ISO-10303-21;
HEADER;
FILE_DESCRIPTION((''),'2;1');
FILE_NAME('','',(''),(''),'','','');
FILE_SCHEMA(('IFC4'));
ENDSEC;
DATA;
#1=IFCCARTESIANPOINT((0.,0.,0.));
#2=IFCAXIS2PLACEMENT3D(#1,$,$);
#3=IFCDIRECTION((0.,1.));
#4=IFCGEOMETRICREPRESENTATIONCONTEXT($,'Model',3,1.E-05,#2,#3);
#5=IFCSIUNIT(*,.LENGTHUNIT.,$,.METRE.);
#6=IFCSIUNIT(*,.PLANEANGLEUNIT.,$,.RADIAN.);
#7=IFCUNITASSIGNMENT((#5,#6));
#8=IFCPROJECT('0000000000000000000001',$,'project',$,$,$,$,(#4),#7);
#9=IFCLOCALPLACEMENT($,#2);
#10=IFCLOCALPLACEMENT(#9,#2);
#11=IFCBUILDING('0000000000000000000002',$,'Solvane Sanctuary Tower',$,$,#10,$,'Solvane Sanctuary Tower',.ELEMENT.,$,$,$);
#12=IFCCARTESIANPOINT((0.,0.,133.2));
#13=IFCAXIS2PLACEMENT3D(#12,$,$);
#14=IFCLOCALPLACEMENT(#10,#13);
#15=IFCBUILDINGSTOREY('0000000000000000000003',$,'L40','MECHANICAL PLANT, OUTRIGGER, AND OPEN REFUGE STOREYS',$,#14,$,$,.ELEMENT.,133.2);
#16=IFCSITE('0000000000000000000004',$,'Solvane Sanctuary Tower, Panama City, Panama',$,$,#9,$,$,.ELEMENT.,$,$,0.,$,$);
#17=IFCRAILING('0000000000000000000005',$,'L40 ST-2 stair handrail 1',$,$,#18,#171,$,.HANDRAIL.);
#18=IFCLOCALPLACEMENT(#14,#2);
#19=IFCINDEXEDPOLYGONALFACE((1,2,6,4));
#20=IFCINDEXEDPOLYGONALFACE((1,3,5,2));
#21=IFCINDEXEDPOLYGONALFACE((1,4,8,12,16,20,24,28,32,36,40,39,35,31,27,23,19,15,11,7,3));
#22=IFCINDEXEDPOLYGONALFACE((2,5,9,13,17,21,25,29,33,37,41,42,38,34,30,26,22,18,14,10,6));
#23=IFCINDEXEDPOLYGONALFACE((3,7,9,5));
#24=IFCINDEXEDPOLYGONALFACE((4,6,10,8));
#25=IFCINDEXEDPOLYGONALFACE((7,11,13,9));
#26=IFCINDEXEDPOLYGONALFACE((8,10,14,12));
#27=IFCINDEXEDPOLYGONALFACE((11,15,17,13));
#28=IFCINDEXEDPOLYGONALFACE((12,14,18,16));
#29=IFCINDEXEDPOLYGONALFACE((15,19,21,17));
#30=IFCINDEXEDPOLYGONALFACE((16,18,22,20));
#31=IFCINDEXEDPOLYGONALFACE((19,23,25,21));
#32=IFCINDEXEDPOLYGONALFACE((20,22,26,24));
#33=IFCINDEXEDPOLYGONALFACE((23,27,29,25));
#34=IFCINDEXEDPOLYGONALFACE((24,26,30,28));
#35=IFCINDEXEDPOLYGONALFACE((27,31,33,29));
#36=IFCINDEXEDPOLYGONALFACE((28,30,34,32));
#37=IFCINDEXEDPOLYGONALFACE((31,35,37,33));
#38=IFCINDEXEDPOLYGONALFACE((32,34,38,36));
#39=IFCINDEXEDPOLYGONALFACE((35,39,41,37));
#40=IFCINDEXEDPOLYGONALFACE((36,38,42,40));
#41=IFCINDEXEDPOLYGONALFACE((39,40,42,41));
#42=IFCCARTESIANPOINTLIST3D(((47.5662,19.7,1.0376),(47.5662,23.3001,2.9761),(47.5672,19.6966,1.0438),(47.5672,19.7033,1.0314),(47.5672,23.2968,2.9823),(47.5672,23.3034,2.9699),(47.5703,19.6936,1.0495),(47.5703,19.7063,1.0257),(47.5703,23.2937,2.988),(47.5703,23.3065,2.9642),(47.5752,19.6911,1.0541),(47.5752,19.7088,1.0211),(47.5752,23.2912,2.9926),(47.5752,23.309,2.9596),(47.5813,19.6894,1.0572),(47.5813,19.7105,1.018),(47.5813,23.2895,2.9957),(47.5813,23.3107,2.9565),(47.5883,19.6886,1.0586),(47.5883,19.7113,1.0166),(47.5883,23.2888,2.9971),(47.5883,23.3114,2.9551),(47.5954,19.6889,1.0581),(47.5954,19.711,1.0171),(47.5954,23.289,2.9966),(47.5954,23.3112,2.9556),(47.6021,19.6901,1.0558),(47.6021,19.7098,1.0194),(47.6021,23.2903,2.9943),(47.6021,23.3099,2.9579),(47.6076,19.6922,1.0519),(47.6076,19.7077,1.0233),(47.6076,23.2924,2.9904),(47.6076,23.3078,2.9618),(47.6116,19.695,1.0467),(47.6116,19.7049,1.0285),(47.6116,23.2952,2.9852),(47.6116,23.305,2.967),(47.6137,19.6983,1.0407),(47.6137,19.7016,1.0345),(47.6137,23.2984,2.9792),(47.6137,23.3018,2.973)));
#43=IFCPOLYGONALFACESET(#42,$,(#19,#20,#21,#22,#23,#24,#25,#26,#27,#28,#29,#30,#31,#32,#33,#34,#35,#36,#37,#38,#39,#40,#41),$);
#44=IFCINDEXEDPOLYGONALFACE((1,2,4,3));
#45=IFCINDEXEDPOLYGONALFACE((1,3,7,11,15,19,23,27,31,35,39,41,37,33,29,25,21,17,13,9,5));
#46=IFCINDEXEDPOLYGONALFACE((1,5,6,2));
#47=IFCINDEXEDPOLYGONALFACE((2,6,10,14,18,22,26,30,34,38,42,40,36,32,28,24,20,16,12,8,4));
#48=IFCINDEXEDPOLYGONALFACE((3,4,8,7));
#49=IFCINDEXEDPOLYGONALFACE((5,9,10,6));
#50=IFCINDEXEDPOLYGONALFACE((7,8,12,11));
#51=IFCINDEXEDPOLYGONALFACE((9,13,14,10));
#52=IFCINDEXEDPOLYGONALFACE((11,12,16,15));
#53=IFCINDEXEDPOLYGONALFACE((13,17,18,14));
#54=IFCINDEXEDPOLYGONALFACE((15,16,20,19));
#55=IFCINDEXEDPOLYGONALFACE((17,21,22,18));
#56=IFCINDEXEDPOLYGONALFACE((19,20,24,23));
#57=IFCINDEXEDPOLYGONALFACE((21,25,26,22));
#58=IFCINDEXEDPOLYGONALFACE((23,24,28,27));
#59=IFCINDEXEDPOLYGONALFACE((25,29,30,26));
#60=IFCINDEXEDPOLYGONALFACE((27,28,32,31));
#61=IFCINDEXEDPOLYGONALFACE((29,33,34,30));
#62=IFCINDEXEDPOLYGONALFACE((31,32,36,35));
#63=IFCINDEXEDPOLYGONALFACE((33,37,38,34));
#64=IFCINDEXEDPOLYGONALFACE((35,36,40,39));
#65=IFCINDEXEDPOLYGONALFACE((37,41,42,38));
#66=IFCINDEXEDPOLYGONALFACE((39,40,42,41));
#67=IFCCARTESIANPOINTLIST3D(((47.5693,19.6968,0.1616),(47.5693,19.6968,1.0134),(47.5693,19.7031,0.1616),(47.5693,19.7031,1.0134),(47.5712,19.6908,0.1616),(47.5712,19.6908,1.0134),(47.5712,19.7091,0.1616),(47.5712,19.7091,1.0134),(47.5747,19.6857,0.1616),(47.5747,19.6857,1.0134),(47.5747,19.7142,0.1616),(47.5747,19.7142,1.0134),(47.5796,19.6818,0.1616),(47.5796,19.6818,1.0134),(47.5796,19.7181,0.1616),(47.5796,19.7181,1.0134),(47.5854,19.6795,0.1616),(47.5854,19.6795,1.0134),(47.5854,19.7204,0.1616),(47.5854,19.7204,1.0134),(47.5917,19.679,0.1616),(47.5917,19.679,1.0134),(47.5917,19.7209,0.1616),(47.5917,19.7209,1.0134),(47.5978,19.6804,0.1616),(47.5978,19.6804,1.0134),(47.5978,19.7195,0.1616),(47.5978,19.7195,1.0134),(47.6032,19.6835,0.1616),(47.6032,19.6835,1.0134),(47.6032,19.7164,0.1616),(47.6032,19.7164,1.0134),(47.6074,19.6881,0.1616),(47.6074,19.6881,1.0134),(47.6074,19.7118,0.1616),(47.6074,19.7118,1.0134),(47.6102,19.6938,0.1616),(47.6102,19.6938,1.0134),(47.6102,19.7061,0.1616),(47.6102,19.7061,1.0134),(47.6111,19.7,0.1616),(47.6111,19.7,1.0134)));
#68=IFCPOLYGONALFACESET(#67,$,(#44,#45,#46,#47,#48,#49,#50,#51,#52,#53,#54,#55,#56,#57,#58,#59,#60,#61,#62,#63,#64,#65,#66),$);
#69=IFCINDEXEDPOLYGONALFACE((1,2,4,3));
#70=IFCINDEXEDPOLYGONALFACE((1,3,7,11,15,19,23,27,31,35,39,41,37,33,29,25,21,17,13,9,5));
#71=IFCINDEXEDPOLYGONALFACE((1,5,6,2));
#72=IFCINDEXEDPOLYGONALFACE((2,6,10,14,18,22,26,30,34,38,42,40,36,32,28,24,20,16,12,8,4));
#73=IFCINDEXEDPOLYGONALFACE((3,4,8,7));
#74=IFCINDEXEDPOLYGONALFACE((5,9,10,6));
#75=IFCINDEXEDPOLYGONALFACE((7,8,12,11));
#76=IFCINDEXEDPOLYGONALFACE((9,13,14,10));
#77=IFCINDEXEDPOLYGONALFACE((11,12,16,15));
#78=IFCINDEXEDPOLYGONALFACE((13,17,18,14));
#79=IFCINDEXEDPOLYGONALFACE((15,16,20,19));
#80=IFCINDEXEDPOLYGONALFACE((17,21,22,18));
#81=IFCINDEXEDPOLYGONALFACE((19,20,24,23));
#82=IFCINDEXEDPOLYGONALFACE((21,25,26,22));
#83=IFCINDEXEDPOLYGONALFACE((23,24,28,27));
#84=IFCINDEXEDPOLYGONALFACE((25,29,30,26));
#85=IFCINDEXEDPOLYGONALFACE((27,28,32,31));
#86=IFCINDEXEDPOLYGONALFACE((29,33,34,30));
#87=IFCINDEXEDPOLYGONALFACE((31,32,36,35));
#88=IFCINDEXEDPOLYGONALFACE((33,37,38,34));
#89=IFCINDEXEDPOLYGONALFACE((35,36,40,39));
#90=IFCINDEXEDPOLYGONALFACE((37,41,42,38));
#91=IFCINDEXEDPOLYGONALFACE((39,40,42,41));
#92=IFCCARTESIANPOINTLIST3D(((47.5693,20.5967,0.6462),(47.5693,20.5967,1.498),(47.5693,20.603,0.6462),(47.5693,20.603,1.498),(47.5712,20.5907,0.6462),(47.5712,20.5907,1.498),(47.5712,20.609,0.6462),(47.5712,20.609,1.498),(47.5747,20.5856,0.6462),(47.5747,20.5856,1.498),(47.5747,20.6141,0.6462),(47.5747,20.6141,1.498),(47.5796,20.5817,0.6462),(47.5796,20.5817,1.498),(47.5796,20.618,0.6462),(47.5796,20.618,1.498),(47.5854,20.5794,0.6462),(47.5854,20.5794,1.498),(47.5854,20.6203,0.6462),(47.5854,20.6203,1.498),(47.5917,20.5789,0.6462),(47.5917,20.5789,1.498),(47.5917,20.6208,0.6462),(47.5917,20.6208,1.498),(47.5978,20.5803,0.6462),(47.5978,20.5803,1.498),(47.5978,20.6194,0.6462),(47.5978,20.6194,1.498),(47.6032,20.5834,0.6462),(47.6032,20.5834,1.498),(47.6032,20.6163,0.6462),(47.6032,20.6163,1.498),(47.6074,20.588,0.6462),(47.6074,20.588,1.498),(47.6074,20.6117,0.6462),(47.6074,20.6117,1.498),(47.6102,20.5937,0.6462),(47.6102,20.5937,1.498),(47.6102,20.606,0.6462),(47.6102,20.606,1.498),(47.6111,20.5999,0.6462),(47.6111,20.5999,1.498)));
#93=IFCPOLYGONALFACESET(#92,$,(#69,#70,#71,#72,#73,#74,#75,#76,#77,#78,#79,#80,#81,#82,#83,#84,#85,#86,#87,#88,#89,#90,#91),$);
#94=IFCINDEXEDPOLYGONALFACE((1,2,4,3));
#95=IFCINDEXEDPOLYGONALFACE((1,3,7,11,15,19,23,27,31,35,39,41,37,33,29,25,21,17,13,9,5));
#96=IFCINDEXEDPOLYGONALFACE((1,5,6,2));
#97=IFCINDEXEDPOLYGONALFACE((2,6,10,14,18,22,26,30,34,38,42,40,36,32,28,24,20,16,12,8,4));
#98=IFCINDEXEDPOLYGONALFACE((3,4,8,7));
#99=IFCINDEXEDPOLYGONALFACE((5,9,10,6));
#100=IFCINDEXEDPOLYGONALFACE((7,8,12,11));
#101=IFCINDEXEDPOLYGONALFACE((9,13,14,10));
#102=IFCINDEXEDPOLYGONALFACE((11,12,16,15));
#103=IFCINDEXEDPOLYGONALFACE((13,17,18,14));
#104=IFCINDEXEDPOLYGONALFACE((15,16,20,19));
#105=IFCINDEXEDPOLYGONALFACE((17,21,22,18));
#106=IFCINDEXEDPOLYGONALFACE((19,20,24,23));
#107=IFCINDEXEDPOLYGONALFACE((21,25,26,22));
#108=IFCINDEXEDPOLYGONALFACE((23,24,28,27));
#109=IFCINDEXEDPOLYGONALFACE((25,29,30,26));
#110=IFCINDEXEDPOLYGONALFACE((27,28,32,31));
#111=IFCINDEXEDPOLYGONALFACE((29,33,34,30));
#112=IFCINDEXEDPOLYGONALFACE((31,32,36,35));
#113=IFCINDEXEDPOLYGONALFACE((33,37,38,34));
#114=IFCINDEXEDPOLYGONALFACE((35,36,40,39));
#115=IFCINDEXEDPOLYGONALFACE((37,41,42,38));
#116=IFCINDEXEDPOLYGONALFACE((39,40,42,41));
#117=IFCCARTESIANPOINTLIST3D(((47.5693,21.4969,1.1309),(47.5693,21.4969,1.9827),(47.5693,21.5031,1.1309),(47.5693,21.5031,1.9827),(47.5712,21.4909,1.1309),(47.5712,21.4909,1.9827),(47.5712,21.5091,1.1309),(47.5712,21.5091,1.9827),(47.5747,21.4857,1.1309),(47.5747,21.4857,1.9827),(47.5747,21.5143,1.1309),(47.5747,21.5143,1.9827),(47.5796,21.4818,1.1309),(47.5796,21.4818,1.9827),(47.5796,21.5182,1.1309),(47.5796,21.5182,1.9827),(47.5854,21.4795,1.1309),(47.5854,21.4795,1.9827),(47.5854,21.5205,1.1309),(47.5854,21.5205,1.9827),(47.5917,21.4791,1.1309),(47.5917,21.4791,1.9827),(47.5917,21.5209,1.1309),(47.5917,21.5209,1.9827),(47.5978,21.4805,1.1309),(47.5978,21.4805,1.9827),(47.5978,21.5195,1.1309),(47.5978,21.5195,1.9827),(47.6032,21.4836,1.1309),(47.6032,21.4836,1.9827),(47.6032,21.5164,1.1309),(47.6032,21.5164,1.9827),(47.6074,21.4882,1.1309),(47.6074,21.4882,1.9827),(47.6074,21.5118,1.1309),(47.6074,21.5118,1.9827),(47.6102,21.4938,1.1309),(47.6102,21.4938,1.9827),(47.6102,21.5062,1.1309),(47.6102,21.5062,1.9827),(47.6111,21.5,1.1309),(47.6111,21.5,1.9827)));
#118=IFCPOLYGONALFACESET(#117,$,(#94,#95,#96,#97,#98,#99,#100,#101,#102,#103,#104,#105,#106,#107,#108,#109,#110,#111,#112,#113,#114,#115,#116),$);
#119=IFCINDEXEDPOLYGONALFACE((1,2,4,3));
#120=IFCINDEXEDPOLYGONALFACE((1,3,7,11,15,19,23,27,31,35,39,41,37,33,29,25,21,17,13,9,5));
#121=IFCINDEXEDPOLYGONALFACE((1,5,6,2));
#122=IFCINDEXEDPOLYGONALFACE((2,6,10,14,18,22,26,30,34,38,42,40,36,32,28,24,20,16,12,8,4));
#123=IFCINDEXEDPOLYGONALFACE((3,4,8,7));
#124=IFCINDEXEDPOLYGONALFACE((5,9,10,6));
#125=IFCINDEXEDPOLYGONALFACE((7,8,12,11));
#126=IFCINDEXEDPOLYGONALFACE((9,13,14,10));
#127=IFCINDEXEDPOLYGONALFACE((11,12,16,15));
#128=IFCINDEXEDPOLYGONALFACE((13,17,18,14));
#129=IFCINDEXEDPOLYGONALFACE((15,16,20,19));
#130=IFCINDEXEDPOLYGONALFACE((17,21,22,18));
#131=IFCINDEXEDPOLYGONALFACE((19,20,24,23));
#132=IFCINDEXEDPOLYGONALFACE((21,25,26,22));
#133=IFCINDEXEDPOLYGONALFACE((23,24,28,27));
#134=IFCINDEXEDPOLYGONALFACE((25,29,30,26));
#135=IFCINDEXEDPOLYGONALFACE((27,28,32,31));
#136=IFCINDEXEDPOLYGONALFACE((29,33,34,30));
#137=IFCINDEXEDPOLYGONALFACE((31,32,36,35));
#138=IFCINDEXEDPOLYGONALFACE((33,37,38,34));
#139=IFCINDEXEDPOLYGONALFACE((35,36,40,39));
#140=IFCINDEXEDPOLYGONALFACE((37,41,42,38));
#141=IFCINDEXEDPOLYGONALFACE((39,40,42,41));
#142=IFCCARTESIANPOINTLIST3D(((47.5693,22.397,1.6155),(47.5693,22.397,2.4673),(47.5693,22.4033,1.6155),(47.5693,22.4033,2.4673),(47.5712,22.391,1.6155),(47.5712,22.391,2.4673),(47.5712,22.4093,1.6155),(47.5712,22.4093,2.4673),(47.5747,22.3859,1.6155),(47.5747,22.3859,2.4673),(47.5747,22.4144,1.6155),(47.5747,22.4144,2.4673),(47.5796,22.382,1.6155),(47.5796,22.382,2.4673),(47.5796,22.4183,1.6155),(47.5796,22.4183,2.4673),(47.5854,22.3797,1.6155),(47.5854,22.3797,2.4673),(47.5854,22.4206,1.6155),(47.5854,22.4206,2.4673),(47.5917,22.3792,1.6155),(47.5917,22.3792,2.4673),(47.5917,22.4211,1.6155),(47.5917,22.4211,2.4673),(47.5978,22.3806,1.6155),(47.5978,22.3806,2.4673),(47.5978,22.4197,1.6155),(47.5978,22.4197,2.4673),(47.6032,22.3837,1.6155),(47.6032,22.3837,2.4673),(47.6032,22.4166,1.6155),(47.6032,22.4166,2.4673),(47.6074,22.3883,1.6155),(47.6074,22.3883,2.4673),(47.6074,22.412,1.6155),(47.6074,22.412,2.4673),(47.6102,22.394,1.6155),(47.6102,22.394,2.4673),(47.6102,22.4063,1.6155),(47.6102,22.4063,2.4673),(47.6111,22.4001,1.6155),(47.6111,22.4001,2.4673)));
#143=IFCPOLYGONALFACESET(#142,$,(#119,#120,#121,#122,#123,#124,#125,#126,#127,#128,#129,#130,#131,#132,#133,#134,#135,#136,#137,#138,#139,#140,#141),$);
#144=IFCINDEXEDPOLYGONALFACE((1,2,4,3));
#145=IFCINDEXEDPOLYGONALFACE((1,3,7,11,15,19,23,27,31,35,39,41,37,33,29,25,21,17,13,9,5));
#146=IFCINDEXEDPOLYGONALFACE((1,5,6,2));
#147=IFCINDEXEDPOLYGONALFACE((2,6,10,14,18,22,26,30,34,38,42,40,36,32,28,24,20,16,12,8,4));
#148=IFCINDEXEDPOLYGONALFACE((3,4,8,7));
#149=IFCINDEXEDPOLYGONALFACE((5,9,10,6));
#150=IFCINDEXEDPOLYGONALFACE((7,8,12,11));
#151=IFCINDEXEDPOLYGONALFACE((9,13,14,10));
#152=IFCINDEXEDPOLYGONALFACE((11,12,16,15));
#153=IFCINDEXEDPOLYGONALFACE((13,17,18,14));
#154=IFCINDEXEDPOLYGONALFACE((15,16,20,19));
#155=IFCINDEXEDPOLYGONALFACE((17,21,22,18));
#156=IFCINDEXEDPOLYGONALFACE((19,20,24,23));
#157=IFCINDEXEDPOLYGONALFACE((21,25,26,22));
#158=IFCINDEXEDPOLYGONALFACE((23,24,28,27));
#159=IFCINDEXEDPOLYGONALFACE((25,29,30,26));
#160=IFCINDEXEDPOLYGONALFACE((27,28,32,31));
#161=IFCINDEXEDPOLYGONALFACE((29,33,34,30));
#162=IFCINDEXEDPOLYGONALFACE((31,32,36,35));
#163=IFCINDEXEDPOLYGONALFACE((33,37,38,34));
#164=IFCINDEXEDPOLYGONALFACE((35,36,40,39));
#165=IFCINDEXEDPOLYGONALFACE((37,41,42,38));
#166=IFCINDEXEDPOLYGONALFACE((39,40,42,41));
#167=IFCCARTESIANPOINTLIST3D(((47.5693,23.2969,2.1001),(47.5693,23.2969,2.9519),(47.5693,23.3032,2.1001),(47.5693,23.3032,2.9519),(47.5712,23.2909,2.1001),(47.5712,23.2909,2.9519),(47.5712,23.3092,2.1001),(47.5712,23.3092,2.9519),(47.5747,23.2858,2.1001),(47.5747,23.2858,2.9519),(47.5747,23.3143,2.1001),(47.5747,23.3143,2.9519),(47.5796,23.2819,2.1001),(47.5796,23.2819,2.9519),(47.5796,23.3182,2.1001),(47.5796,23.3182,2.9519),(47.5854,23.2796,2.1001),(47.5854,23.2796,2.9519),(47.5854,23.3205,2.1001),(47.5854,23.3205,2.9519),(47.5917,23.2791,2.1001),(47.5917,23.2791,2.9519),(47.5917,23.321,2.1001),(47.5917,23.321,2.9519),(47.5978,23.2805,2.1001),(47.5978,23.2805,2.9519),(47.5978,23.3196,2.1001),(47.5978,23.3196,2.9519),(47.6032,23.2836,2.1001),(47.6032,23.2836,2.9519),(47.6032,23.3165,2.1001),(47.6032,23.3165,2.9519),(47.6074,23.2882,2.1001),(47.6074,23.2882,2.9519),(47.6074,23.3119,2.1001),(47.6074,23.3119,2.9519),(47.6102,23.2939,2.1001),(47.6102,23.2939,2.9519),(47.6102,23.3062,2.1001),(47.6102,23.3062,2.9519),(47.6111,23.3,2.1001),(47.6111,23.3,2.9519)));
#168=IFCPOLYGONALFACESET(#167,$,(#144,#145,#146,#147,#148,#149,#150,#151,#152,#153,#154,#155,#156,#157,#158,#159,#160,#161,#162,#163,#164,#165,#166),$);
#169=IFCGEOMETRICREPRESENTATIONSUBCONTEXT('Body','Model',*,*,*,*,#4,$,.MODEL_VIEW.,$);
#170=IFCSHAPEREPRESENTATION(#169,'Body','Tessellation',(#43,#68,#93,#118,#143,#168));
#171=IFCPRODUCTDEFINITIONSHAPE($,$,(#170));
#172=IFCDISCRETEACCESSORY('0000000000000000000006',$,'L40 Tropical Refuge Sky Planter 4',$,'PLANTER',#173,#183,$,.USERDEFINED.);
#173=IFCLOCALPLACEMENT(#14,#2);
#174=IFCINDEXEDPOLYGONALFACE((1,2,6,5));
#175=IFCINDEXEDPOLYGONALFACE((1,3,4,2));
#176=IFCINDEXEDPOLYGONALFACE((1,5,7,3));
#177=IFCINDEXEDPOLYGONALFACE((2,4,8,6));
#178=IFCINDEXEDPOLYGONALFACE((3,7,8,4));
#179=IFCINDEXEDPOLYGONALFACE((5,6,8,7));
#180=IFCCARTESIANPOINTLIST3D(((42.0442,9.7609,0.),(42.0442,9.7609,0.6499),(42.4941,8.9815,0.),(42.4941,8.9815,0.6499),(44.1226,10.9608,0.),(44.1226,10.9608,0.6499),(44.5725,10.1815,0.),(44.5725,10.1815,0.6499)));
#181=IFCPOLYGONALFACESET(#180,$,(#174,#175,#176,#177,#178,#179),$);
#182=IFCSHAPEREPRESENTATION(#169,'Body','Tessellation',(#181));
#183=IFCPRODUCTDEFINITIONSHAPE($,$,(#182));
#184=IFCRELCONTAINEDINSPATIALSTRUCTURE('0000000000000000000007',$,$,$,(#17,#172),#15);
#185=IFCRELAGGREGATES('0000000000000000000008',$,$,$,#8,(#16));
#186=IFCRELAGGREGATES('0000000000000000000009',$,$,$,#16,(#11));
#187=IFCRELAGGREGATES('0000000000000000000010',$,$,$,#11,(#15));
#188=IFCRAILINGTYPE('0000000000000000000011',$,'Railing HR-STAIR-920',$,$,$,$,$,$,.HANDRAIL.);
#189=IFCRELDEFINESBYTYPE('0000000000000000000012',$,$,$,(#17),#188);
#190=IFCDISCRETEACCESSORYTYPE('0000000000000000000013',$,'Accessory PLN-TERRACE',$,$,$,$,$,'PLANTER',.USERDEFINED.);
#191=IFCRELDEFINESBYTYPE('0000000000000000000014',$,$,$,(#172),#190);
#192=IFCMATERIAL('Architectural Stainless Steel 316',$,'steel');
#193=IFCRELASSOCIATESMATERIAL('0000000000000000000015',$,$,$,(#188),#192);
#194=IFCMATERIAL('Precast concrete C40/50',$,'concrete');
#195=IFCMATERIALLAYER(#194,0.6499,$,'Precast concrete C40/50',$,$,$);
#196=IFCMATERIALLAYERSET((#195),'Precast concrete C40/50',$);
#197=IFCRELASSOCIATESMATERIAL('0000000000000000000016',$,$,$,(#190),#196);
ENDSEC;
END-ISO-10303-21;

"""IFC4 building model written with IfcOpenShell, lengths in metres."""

from ifc_helpers import new_model, si_unit, direction, frame, origin, origin_2d, place, context, subcontext, project, spatial, rectangle, circle, extrude, material, layer, layer_set, type_object, element, save


model = new_model("IFC4")

# Units and contexts
model_context = context("Model", 3, precision=1e-05, world=origin(), true_north=direction((0.0, 1.0)))
body_context = subcontext(model_context, "Body", "Model", "MODEL_VIEW")
ifc_project = project(units=[si_unit("LENGTHUNIT", "METRE"), si_unit("PLANEANGLEUNIT", "RADIAN")], contexts=[model_context])

# Site, building, storey
site_placement = place(None, origin())
site = spatial("IfcSite", under=ifc_project, at=site_placement, Name="Solvane Sanctuary Tower, Panama City, Panama", CompositionType="ELEMENT", RefElevation=0.0)
building_placement = place(site_placement, origin())
building = spatial("IfcBuilding", under=site, at=building_placement, Name="Solvane Sanctuary Tower", LongName="Solvane Sanctuary Tower", CompositionType="ELEMENT")
storey_placement = place(building_placement, frame((0.0, 0.0, 133.2)))
storey = spatial("IfcBuildingStorey", under=building, at=storey_placement, Name="L40", Description="MECHANICAL PLANT, OUTRIGGER, AND OPEN REFUGE STOREYS", CompositionType="ELEMENT", Elevation=133.2)

# Shared definitions
ifc_material_1 = material(Name="Architectural Stainless Steel 316", Category="steel")

# Railing
railing_type_1 = type_object("IfcRailingType", Name="Railing HR-STAIR-920", PredefinedType="HANDRAIL", material=ifc_material_1)
railing_1_placement = place(storey_placement, frame((47.5901, 19.7, 0.1616)))
element("IfcRailing", 1, at=railing_1_placement, inside=storey, type_object=railing_type_1, Name="L40 ST-2 stair handrail 1", PredefinedType="HANDRAIL", context=body_context, shape_type="SweptSolid", body=[
    extrude(circle(Radius=0.0239, at=origin_2d()), frame((0.0, 0.0, 0.876), z_axis=(0.0, 0.880475, 0.474093), x_axis=(-1.0, 0.0, 0.0)), (0.0, 0.0, 1.0), 4.0889),
    extrude(circle(Radius=0.021, at=origin_2d()), origin(), (0.0, 0.0, 1.0), 0.8518),
    extrude(circle(Radius=0.021, at=origin_2d()), frame((0.0, 0.8999, 0.4846)), (0.0, 0.0, 1.0), 0.8518),
    extrude(circle(Radius=0.021, at=origin_2d()), frame((0.0, 1.8, 0.9692)), (0.0, 0.0, 1.0), 0.8518),
    extrude(circle(Radius=0.021, at=origin_2d()), frame((0.0, 2.7002, 1.4539)), (0.0, 0.0, 1.0), 0.8518),
    extrude(circle(Radius=0.021, at=origin_2d()), frame((0.0, 3.6001, 1.9385)), (0.0, 0.0, 1.0), 0.8518),
])

# Discrete accessory
ifc_material_2 = material(Name="Precast concrete C40/50", Category="concrete")
ifc_layer_1 = layer(ifc_material_2, 0.6499, Name="Precast concrete C40/50")
ifc_layer_set_1 = layer_set([ifc_layer_1], Name="Precast concrete C40/50")
discrete_accessory_type = type_object("IfcDiscreteAccessoryType", Name="Accessory PLN-TERRACE", ElementType="PLANTER", PredefinedType="USERDEFINED", material=ifc_layer_set_1)
discrete_accessory_placement = place(storey_placement, frame((43.3083, 9.9712, 0.0), z_axis=(0.0, 0.0, 1.0), x_axis=(0.866025, 0.5, 0.0)))
element("IfcDiscreteAccessory", 2, at=discrete_accessory_placement, inside=storey, type_object=discrete_accessory_type, Name="L40 Tropical Refuge Sky Planter 4", ObjectType="PLANTER", PredefinedType="USERDEFINED", context=body_context, shape_type="SweptSolid", body=[
    extrude(rectangle(XDim=2.3999, YDim=0.8999, at=origin_2d()), origin(), (0.0, 0.0, 1.0), 0.6499),
])

save(model, "model.ifc")
